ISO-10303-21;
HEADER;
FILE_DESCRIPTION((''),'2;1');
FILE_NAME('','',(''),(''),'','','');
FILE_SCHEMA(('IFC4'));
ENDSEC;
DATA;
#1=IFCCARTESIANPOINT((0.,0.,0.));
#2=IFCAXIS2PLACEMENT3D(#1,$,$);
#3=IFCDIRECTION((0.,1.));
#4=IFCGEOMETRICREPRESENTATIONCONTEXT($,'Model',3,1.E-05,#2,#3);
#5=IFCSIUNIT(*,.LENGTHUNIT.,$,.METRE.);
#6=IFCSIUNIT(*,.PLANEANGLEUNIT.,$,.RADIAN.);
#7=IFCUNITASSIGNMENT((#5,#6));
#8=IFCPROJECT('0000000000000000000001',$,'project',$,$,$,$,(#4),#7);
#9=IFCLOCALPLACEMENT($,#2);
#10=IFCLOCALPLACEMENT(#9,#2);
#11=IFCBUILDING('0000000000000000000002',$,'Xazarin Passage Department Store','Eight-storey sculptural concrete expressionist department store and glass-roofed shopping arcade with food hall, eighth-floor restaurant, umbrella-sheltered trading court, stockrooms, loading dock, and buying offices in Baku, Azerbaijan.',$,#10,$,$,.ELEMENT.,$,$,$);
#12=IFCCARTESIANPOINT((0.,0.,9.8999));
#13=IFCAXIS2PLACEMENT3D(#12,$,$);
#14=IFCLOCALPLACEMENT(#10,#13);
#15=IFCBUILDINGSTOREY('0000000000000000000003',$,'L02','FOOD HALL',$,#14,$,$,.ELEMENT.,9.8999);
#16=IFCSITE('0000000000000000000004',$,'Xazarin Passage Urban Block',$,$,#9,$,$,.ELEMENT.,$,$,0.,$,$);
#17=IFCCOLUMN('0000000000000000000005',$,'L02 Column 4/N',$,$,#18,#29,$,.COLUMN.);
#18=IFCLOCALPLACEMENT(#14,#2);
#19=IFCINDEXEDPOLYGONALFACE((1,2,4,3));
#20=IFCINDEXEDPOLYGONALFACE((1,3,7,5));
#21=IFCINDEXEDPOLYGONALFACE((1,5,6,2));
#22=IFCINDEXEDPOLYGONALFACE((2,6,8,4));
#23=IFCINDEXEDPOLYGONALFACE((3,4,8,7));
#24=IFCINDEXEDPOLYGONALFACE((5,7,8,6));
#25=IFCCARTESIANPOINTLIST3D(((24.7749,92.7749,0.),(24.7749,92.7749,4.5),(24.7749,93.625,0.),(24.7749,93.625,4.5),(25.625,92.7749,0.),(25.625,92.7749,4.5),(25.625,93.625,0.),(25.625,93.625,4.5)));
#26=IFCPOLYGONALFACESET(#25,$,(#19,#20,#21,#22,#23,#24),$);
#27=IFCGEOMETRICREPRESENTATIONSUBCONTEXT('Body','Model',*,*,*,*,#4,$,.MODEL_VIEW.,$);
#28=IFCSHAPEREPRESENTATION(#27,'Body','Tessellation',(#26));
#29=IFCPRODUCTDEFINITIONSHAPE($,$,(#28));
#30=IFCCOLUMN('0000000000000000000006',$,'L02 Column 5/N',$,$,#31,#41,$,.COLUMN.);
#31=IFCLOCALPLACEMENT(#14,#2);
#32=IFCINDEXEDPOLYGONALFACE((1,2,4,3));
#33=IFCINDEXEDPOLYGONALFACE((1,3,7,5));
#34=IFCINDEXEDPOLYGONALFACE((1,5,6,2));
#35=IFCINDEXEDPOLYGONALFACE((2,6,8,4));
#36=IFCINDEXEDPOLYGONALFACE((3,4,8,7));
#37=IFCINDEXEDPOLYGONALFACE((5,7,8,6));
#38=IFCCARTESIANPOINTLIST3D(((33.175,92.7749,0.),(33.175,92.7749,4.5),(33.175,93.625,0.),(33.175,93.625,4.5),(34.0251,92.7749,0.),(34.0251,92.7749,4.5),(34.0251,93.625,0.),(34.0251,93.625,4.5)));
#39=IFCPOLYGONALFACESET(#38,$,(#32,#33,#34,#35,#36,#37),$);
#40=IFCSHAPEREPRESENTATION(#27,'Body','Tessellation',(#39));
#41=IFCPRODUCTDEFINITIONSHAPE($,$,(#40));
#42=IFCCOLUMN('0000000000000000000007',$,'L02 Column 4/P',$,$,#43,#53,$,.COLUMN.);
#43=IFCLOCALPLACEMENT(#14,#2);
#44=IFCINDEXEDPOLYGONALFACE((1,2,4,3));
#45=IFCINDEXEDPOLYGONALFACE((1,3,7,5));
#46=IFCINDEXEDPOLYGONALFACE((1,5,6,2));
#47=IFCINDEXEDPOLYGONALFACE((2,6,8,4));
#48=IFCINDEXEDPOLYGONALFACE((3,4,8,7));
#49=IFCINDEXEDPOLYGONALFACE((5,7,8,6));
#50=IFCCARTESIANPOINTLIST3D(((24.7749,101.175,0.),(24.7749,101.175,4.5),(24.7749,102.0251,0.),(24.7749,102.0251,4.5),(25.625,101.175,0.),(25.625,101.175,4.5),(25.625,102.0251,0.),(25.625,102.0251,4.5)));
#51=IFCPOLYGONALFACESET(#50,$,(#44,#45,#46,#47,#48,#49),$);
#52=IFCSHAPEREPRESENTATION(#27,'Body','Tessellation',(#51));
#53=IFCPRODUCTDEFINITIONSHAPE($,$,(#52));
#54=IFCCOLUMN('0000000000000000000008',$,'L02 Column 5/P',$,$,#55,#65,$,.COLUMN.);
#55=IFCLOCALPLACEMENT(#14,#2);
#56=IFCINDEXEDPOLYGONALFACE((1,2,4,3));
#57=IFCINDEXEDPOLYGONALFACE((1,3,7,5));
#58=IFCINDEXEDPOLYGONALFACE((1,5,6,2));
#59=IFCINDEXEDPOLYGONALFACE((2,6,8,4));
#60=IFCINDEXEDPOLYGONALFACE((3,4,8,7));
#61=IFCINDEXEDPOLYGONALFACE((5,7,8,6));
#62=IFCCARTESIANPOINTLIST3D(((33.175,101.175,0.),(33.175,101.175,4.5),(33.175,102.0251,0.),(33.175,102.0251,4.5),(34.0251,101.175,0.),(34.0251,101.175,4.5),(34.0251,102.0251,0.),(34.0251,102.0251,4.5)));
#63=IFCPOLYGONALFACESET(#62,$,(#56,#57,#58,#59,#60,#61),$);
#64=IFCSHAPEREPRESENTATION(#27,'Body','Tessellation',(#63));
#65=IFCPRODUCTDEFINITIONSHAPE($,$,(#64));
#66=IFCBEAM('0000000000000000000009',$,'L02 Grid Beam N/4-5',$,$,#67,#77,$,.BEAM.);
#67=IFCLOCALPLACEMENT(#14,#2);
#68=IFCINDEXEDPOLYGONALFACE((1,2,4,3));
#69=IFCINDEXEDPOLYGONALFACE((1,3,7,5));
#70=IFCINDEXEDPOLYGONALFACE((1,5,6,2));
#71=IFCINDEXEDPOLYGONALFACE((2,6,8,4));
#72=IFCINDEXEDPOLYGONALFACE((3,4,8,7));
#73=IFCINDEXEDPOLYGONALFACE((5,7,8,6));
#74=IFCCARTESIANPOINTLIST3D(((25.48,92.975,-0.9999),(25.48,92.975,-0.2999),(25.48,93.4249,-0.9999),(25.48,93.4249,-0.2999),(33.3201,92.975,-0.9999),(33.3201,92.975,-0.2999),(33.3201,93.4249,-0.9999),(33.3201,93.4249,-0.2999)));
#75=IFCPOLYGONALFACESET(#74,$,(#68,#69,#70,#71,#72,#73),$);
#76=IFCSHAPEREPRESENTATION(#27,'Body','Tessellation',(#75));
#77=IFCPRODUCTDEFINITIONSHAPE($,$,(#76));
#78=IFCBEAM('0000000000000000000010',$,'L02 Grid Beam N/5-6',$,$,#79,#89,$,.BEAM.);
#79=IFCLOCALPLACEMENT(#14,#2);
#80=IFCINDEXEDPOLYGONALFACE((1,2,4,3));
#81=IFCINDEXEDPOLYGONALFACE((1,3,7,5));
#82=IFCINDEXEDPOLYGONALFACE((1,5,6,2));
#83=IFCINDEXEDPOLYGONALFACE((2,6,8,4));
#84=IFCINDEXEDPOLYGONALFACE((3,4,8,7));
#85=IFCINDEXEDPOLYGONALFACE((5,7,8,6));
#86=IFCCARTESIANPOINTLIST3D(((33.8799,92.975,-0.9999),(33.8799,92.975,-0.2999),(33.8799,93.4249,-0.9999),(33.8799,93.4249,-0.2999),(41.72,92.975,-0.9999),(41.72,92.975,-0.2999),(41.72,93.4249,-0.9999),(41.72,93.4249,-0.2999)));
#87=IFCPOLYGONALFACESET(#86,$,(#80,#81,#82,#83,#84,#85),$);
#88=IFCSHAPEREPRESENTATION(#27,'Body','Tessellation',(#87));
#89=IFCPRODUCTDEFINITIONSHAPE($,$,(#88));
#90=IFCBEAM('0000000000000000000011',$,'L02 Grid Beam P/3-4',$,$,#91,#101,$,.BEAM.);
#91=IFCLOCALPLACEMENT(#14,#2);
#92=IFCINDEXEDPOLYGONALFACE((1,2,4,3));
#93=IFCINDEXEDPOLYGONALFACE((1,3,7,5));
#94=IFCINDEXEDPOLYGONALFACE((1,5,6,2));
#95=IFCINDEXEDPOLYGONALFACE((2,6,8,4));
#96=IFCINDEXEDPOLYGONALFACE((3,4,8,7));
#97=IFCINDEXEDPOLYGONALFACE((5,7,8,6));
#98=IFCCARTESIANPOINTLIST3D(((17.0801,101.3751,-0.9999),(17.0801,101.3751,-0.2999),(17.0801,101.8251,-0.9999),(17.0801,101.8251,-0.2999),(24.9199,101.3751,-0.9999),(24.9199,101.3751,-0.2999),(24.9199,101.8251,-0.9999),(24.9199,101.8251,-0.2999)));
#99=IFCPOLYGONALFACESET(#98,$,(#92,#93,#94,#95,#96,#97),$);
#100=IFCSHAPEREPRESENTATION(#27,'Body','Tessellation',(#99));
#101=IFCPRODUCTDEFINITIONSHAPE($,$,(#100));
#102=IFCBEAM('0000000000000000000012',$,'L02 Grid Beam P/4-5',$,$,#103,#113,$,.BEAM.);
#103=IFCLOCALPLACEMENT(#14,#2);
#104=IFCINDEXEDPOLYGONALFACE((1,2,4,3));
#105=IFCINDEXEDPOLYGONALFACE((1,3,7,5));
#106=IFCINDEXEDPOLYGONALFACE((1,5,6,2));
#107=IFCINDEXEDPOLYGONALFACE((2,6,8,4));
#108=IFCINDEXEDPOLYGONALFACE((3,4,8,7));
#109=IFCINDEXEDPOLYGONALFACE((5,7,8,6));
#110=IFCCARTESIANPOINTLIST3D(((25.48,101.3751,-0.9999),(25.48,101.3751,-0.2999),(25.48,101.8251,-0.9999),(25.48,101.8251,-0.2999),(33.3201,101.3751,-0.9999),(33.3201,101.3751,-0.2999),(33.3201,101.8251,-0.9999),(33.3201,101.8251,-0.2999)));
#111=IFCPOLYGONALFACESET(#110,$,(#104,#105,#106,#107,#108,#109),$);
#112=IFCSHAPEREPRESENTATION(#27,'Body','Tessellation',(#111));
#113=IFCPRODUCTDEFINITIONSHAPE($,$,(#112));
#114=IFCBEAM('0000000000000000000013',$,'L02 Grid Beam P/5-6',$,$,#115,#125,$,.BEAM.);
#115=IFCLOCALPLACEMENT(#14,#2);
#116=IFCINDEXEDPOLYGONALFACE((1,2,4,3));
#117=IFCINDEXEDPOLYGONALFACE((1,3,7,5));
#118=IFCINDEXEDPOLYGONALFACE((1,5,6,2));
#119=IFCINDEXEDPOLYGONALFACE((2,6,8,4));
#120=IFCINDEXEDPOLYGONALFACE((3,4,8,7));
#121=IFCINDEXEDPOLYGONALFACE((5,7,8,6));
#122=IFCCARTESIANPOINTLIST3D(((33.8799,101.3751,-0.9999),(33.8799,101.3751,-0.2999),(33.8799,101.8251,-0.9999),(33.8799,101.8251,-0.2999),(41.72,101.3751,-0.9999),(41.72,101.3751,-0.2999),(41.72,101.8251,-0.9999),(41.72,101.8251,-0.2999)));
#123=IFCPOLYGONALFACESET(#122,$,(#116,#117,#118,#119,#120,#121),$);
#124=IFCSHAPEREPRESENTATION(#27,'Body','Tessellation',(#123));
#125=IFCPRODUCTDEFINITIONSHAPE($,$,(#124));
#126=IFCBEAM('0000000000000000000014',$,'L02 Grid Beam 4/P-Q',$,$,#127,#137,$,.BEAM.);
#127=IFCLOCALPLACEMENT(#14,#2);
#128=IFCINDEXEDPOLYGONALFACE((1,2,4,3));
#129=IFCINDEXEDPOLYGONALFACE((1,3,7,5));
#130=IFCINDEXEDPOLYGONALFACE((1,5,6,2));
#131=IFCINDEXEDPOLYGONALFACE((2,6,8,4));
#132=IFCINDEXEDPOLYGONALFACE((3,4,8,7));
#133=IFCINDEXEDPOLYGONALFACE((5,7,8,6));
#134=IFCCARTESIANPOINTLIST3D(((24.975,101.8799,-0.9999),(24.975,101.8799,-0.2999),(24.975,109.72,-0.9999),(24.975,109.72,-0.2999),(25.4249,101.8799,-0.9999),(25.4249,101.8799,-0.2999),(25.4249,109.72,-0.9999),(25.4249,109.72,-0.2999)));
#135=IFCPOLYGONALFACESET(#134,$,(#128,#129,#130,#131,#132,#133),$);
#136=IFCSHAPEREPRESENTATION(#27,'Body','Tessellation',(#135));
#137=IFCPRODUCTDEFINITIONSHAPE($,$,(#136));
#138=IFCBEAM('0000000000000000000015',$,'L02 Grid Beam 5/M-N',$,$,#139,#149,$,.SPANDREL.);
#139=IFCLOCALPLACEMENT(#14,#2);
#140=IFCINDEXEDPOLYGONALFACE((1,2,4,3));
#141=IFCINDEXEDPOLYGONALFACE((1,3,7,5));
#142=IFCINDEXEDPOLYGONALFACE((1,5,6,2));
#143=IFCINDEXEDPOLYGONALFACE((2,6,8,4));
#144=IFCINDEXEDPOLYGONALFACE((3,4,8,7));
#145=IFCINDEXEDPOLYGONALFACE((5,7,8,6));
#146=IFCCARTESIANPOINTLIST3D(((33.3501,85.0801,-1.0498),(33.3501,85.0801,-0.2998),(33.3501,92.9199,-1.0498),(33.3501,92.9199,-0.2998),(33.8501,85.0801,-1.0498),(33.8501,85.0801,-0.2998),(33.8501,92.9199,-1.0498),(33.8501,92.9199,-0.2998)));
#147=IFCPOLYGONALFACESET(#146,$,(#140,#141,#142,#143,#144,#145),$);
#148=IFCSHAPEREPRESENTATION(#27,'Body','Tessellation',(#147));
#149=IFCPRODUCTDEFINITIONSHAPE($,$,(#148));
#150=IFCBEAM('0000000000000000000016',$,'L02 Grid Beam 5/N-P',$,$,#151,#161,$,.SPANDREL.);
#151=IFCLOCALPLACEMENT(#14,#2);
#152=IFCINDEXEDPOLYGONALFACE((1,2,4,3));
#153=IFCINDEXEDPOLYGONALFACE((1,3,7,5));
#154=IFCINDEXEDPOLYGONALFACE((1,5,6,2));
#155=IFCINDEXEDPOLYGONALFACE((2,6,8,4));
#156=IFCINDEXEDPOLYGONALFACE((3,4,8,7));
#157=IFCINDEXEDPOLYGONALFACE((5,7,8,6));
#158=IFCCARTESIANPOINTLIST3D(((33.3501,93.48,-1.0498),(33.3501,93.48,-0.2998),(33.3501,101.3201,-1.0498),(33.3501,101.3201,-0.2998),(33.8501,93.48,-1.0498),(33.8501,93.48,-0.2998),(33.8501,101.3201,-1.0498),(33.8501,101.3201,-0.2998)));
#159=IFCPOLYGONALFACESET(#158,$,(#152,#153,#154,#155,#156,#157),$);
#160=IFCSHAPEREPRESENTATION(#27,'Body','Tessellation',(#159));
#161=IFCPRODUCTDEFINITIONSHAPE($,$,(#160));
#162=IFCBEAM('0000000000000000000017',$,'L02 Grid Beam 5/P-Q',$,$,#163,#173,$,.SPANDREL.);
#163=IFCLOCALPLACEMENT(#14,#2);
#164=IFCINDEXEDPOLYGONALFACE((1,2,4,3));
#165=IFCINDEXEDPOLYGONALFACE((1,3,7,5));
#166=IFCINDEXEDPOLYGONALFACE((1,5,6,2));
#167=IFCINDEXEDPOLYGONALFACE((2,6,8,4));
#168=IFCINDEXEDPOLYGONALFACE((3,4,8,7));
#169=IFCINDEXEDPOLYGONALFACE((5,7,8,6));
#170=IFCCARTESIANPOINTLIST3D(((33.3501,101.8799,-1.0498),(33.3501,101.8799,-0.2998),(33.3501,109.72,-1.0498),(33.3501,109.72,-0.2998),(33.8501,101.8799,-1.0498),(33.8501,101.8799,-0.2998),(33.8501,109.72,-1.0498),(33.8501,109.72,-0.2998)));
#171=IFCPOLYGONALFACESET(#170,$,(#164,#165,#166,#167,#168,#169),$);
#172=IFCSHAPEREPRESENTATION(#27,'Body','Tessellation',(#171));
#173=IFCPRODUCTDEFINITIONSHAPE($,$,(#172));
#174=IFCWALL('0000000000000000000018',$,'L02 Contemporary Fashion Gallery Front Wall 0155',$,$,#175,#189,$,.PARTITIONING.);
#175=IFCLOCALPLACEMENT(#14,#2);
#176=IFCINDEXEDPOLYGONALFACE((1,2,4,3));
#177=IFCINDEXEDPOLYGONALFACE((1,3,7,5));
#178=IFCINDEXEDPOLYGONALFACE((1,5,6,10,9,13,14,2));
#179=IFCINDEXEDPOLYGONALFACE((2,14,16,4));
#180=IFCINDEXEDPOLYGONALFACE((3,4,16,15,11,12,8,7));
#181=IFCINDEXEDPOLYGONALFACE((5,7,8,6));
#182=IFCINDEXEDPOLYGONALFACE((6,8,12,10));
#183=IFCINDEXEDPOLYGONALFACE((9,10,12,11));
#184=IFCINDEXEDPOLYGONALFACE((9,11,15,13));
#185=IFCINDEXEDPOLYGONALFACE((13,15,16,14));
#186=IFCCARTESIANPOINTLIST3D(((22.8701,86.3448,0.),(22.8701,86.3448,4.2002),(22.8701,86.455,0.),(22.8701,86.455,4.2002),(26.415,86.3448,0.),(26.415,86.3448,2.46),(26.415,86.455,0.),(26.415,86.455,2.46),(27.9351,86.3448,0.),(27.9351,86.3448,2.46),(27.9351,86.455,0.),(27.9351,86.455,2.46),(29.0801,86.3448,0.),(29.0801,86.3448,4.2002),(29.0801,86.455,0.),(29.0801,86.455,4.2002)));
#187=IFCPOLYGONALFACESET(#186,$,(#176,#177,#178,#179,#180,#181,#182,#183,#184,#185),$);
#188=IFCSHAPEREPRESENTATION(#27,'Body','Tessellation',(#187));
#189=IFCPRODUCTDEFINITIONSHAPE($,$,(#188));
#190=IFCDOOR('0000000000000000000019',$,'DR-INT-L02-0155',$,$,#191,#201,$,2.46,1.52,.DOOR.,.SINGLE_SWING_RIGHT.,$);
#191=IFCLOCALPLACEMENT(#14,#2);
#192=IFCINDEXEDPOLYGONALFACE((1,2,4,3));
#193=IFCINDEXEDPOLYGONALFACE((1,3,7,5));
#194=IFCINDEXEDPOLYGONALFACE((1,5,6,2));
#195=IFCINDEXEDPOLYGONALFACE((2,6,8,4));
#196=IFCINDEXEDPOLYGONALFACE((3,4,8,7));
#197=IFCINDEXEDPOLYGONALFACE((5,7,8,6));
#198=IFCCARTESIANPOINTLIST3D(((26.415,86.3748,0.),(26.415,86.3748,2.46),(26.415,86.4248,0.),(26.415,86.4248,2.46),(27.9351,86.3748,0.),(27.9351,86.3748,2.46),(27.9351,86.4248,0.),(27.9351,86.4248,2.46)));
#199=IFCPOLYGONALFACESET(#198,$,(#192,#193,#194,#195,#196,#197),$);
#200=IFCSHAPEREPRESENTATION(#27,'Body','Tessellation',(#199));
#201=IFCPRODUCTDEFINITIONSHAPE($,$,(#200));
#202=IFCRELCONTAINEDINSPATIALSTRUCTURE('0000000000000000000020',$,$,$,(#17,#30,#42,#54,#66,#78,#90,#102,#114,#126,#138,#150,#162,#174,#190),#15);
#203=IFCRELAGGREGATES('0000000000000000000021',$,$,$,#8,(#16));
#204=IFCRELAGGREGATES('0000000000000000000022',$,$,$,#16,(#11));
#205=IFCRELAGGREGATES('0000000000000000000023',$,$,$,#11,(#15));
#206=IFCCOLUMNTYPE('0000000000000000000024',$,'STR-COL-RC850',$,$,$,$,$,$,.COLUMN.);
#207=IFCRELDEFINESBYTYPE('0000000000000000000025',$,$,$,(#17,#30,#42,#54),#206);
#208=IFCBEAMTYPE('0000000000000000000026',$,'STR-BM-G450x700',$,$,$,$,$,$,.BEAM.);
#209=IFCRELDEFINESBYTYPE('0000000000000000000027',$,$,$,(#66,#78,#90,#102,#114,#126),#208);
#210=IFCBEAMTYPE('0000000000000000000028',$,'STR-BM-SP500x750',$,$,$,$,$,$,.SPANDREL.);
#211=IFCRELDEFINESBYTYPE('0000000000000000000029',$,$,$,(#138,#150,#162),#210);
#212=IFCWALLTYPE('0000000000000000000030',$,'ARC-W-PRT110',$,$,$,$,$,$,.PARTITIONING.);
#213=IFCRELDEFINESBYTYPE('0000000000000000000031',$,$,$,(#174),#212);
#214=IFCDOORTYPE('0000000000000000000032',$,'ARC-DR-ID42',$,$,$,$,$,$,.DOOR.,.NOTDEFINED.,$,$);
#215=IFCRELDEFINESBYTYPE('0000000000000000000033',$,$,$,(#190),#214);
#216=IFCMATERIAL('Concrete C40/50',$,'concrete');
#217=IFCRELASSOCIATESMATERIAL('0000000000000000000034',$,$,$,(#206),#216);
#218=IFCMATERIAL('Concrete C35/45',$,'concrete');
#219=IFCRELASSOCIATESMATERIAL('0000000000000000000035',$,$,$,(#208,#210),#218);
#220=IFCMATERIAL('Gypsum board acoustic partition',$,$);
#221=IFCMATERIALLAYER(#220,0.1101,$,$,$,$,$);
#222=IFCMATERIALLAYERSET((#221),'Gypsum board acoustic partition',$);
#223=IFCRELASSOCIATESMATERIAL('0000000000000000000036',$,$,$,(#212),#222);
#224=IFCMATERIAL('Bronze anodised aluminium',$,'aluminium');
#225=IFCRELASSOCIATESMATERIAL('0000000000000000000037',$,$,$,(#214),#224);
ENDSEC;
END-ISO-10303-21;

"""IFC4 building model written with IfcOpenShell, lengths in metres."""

from ifc_helpers import new_model, si_unit, direction, frame, frame_2d, origin, origin_2d, place, context, subcontext, project, spatial, rectangle, extrude, material, layer, layer_set, material_profile, profile_set, type_object, element, fill, save


model = new_model("IFC4")

# Units and contexts
model_context = context("Model", 3, precision=1e-05, world=origin(), true_north=direction((0.0, 1.0)))
body_context = subcontext(model_context, "Body", "Model", "MODEL_VIEW")
ifc_project = project(units=[si_unit("LENGTHUNIT", "METRE"), si_unit("PLANEANGLEUNIT", "RADIAN")], contexts=[model_context])

# Site, building, storey
site_placement = place(None, origin())
site = spatial("IfcSite", under=ifc_project, at=site_placement, Name="Xazarin Passage Urban Block", CompositionType="ELEMENT", RefElevation=0.0)
building_placement = place(site_placement, origin())
building = spatial("IfcBuilding", under=site, at=building_placement, Name="Xazarin Passage Department Store", Description="Eight-storey sculptural concrete expressionist department store and glass-roofed shopping arcade with food hall, eighth-floor restaurant, umbrella-sheltered trading court, stockrooms, loading dock, and buying offices in Baku, Azerbaijan.", CompositionType="ELEMENT")
storey_placement = place(building_placement, frame((0.0, 0.0, 9.8999)))
storey = spatial("IfcBuildingStorey", under=building, at=storey_placement, Name="L02", Description="FOOD HALL", CompositionType="ELEMENT", Elevation=9.8999)

# Columns
ifc_material_1 = material(Name="Concrete C40/50", Category="concrete")
ifc_material_profile_1 = material_profile(ifc_material_1, rectangle(XDim=0.8501, YDim=0.8501, at=origin_2d()), Name="RC 850x850")
ifc_profile_set_1 = profile_set([ifc_material_profile_1], Name="Concrete C40/50")
column_type = type_object("IfcColumnType", Name="STR-COL-RC850", PredefinedType="COLUMN", material=ifc_profile_set_1)
for number, where, z_axis, x_axis, name in (
    (1, (25.2, 93.2, 0.0), (0.0, 0.0, 1.0), (1.0, 0.0, 0.0), "L02 Column 4/N"),
    (2, (33.6001, 93.2, 0.0), (0.0, 0.0, 1.0), (1.0, 0.0, 0.0), "L02 Column 5/N"),
    (3, (25.2, 101.6001, 0.0), (0.0, 0.0, 1.0), (1.0, 0.0, 0.0), "L02 Column 4/P"),
    (4, (33.6001, 101.6001, 0.0), (0.0, 0.0, 1.0), (1.0, 0.0, 0.0), "L02 Column 5/P"),
):
    element("IfcColumn", number, at=place(storey_placement, frame(where, z_axis=z_axis, x_axis=x_axis)), inside=storey, type_object=column_type, Name=name, PredefinedType="COLUMN", context=body_context, shape_type="SweptSolid", body=[
        extrude(rectangle(XDim=0.8501, YDim=0.8501, at=origin_2d()), origin(), (0.0, 0.0, 1.0), 4.5),
    ])

# Beams
ifc_material_2 = material(Name="Concrete C35/45", Category="concrete")
ifc_material_profile_2 = material_profile(ifc_material_2, rectangle(XDim=0.45, YDim=0.7, at=origin_2d()), Name="RC 450x700")
ifc_profile_set_2 = profile_set([ifc_material_profile_2], Name="Concrete C35/45")
beam_type_1 = type_object("IfcBeamType", Name="STR-BM-G450x700", PredefinedType="BEAM", material=ifc_profile_set_2)
for number, where, z_axis, x_axis, name in (
    (5, (25.48, 93.2, -0.6499), (1.0, 0.0, 0.0), (0.0, 1.0, 0.0), "L02 Grid Beam N/4-5"),
    (6, (33.8799, 93.2, -0.6499), (1.0, 0.0, 0.0), (0.0, 1.0, 0.0), "L02 Grid Beam N/5-6"),
):
    element("IfcBeam", number, at=place(storey_placement, frame(where, z_axis=z_axis, x_axis=x_axis)), inside=storey, type_object=beam_type_1, Name=name, PredefinedType="BEAM", context=body_context, shape_type="SweptSolid", body=[
        extrude(rectangle(XDim=0.45, YDim=0.7, at=origin_2d()), origin(), (0.0, 0.0, 1.0), 7.8401),
    ])
beam_1_placement = place(storey_placement, frame((17.0801, 101.6001, -0.6499), z_axis=(1.0, 0.0, 0.0), x_axis=(0.0, 1.0, 0.0)))
element("IfcBeam", 7, at=beam_1_placement, inside=storey, type_object=beam_type_1, Name="L02 Grid Beam P/3-4", PredefinedType="BEAM", context=body_context, shape_type="SweptSolid", body=[
    extrude(rectangle(XDim=0.45, YDim=0.7, at=origin_2d()), origin(), (0.0, 0.0, 1.0), 7.8398),
])
for number, where, z_axis, x_axis, name in (
    (8, (25.48, 101.6001, -0.6499), (1.0, 0.0, 0.0), (0.0, 1.0, 0.0), "L02 Grid Beam P/4-5"),
    (9, (33.8799, 101.6001, -0.6499), (1.0, 0.0, 0.0), (0.0, 1.0, 0.0), "L02 Grid Beam P/5-6"),
    (10, (25.2, 101.8799, -0.6499), (0.0, 1.0, 0.0), (-1.0, 0.0, 0.0), "L02 Grid Beam 4/P-Q"),
):
    element("IfcBeam", number, at=place(storey_placement, frame(where, z_axis=z_axis, x_axis=x_axis)), inside=storey, type_object=beam_type_1, Name=name, PredefinedType="BEAM", context=body_context, shape_type="SweptSolid", body=[
        extrude(rectangle(XDim=0.45, YDim=0.7, at=origin_2d()), origin(), (0.0, 0.0, 1.0), 7.8401),
    ])
ifc_material_profile_3 = material_profile(ifc_material_2, rectangle(XDim=0.5, YDim=0.75, at=origin_2d()), Name="RC 500x750")
ifc_profile_set_3 = profile_set([ifc_material_profile_3], Name="Concrete C35/45")
beam_type_2 = type_object("IfcBeamType", Name="STR-BM-SP500x750", PredefinedType="SPANDREL", material=ifc_profile_set_3)
beam_2_placement = place(storey_placement, frame((33.6001, 85.0801, -0.6748), z_axis=(0.0, 1.0, 0.0), x_axis=(-1.0, 0.0, 0.0)))
element("IfcBeam", 11, at=beam_2_placement, inside=storey, type_object=beam_type_2, Name="L02 Grid Beam 5/M-N", PredefinedType="SPANDREL", context=body_context, shape_type="SweptSolid", body=[
    extrude(rectangle(XDim=0.5, YDim=0.75, at=origin_2d()), origin(), (0.0, 0.0, 1.0), 7.8398),
])
for number, where, z_axis, x_axis, name in (
    (12, (33.6001, 93.48, -0.6748), (0.0, 1.0, 0.0), (-1.0, 0.0, 0.0), "L02 Grid Beam 5/N-P"),
    (13, (33.6001, 101.8799, -0.6748), (0.0, 1.0, 0.0), (-1.0, 0.0, 0.0), "L02 Grid Beam 5/P-Q"),
):
    element("IfcBeam", number, at=place(storey_placement, frame(where, z_axis=z_axis, x_axis=x_axis)), inside=storey, type_object=beam_type_2, Name=name, PredefinedType="SPANDREL", context=body_context, shape_type="SweptSolid", body=[
        extrude(rectangle(XDim=0.5, YDim=0.75, at=origin_2d()), origin(), (0.0, 0.0, 1.0), 7.8401),
    ])

# Wall, opening, door
ifc_material_3 = material(Name="Gypsum board acoustic partition")
ifc_layer_1 = layer(ifc_material_3, 0.1101)
ifc_layer_set_1 = layer_set([ifc_layer_1], Name="Gypsum board acoustic partition")
wall_type_1 = type_object("IfcWallType", Name="ARC-W-PRT110", PredefinedType="PARTITIONING", material=ifc_layer_set_1)
wall_1_placement = place(storey_placement, frame((22.8701, 86.3999, 0.0), z_axis=(0.0, 0.0, 1.0), x_axis=(1.0, 0.0, 0.0)))
wall_1 = element("IfcWall", 14, at=wall_1_placement, inside=storey, type_object=wall_type_1, Name="L02 Contemporary Fashion Gallery Front Wall 0155", PredefinedType="PARTITIONING", context=body_context, shape_type="SweptSolid", body=[
    extrude(rectangle(XDim=6.21, YDim=0.1101, at=frame_2d((3.105, 0.0))), origin(), (0.0, 0.0, 1.0), 4.2002),
])
opening_1_placement = place(wall_1_placement, frame((3.5449, 0.0, 0.0)))
opening_1 = element("IfcOpeningElement", 15, at=opening_1_placement, cuts=wall_1, PredefinedType="OPENING", context=body_context, shape_type="SweptSolid", body=[
    extrude(rectangle(XDim=1.52, YDim=2.46, at=frame_2d((0.76, 1.23))), frame((0.0, 0.0649, 0.0), z_axis=(0.0, -1.0, 0.0), x_axis=(1.0, 0.0, 0.0)), (0.0, 0.0, 1.0), 0.1301),
])
ifc_material_4 = material(Name="Bronze anodised aluminium", Category="aluminium")
door_type_1 = type_object("IfcDoorType", Name="ARC-DR-ID42", OperationType="NOTDEFINED", PredefinedType="DOOR", material=ifc_material_4)
door_1_placement = place(opening_1_placement, origin())
door_1 = element("IfcDoor", 16, at=door_1_placement, inside=storey, type_object=door_type_1, Name="DR-INT-L02-0155", OperationType="SINGLE_SWING_RIGHT", OverallHeight=2.46, OverallWidth=1.52, PredefinedType="DOOR", context=body_context, shape_type="SweptSolid", body=[
    extrude(rectangle(XDim=1.52, YDim=2.46, at=frame_2d((0.76, 1.23))), frame((0.0, 0.0249, 0.0), z_axis=(0.0, -1.0, 0.0), x_axis=(1.0, 0.0, 0.0)), (0.0, 0.0, 1.0), 0.05),
])
fill(opening_1, door_1)

save(model, "model.ifc")
